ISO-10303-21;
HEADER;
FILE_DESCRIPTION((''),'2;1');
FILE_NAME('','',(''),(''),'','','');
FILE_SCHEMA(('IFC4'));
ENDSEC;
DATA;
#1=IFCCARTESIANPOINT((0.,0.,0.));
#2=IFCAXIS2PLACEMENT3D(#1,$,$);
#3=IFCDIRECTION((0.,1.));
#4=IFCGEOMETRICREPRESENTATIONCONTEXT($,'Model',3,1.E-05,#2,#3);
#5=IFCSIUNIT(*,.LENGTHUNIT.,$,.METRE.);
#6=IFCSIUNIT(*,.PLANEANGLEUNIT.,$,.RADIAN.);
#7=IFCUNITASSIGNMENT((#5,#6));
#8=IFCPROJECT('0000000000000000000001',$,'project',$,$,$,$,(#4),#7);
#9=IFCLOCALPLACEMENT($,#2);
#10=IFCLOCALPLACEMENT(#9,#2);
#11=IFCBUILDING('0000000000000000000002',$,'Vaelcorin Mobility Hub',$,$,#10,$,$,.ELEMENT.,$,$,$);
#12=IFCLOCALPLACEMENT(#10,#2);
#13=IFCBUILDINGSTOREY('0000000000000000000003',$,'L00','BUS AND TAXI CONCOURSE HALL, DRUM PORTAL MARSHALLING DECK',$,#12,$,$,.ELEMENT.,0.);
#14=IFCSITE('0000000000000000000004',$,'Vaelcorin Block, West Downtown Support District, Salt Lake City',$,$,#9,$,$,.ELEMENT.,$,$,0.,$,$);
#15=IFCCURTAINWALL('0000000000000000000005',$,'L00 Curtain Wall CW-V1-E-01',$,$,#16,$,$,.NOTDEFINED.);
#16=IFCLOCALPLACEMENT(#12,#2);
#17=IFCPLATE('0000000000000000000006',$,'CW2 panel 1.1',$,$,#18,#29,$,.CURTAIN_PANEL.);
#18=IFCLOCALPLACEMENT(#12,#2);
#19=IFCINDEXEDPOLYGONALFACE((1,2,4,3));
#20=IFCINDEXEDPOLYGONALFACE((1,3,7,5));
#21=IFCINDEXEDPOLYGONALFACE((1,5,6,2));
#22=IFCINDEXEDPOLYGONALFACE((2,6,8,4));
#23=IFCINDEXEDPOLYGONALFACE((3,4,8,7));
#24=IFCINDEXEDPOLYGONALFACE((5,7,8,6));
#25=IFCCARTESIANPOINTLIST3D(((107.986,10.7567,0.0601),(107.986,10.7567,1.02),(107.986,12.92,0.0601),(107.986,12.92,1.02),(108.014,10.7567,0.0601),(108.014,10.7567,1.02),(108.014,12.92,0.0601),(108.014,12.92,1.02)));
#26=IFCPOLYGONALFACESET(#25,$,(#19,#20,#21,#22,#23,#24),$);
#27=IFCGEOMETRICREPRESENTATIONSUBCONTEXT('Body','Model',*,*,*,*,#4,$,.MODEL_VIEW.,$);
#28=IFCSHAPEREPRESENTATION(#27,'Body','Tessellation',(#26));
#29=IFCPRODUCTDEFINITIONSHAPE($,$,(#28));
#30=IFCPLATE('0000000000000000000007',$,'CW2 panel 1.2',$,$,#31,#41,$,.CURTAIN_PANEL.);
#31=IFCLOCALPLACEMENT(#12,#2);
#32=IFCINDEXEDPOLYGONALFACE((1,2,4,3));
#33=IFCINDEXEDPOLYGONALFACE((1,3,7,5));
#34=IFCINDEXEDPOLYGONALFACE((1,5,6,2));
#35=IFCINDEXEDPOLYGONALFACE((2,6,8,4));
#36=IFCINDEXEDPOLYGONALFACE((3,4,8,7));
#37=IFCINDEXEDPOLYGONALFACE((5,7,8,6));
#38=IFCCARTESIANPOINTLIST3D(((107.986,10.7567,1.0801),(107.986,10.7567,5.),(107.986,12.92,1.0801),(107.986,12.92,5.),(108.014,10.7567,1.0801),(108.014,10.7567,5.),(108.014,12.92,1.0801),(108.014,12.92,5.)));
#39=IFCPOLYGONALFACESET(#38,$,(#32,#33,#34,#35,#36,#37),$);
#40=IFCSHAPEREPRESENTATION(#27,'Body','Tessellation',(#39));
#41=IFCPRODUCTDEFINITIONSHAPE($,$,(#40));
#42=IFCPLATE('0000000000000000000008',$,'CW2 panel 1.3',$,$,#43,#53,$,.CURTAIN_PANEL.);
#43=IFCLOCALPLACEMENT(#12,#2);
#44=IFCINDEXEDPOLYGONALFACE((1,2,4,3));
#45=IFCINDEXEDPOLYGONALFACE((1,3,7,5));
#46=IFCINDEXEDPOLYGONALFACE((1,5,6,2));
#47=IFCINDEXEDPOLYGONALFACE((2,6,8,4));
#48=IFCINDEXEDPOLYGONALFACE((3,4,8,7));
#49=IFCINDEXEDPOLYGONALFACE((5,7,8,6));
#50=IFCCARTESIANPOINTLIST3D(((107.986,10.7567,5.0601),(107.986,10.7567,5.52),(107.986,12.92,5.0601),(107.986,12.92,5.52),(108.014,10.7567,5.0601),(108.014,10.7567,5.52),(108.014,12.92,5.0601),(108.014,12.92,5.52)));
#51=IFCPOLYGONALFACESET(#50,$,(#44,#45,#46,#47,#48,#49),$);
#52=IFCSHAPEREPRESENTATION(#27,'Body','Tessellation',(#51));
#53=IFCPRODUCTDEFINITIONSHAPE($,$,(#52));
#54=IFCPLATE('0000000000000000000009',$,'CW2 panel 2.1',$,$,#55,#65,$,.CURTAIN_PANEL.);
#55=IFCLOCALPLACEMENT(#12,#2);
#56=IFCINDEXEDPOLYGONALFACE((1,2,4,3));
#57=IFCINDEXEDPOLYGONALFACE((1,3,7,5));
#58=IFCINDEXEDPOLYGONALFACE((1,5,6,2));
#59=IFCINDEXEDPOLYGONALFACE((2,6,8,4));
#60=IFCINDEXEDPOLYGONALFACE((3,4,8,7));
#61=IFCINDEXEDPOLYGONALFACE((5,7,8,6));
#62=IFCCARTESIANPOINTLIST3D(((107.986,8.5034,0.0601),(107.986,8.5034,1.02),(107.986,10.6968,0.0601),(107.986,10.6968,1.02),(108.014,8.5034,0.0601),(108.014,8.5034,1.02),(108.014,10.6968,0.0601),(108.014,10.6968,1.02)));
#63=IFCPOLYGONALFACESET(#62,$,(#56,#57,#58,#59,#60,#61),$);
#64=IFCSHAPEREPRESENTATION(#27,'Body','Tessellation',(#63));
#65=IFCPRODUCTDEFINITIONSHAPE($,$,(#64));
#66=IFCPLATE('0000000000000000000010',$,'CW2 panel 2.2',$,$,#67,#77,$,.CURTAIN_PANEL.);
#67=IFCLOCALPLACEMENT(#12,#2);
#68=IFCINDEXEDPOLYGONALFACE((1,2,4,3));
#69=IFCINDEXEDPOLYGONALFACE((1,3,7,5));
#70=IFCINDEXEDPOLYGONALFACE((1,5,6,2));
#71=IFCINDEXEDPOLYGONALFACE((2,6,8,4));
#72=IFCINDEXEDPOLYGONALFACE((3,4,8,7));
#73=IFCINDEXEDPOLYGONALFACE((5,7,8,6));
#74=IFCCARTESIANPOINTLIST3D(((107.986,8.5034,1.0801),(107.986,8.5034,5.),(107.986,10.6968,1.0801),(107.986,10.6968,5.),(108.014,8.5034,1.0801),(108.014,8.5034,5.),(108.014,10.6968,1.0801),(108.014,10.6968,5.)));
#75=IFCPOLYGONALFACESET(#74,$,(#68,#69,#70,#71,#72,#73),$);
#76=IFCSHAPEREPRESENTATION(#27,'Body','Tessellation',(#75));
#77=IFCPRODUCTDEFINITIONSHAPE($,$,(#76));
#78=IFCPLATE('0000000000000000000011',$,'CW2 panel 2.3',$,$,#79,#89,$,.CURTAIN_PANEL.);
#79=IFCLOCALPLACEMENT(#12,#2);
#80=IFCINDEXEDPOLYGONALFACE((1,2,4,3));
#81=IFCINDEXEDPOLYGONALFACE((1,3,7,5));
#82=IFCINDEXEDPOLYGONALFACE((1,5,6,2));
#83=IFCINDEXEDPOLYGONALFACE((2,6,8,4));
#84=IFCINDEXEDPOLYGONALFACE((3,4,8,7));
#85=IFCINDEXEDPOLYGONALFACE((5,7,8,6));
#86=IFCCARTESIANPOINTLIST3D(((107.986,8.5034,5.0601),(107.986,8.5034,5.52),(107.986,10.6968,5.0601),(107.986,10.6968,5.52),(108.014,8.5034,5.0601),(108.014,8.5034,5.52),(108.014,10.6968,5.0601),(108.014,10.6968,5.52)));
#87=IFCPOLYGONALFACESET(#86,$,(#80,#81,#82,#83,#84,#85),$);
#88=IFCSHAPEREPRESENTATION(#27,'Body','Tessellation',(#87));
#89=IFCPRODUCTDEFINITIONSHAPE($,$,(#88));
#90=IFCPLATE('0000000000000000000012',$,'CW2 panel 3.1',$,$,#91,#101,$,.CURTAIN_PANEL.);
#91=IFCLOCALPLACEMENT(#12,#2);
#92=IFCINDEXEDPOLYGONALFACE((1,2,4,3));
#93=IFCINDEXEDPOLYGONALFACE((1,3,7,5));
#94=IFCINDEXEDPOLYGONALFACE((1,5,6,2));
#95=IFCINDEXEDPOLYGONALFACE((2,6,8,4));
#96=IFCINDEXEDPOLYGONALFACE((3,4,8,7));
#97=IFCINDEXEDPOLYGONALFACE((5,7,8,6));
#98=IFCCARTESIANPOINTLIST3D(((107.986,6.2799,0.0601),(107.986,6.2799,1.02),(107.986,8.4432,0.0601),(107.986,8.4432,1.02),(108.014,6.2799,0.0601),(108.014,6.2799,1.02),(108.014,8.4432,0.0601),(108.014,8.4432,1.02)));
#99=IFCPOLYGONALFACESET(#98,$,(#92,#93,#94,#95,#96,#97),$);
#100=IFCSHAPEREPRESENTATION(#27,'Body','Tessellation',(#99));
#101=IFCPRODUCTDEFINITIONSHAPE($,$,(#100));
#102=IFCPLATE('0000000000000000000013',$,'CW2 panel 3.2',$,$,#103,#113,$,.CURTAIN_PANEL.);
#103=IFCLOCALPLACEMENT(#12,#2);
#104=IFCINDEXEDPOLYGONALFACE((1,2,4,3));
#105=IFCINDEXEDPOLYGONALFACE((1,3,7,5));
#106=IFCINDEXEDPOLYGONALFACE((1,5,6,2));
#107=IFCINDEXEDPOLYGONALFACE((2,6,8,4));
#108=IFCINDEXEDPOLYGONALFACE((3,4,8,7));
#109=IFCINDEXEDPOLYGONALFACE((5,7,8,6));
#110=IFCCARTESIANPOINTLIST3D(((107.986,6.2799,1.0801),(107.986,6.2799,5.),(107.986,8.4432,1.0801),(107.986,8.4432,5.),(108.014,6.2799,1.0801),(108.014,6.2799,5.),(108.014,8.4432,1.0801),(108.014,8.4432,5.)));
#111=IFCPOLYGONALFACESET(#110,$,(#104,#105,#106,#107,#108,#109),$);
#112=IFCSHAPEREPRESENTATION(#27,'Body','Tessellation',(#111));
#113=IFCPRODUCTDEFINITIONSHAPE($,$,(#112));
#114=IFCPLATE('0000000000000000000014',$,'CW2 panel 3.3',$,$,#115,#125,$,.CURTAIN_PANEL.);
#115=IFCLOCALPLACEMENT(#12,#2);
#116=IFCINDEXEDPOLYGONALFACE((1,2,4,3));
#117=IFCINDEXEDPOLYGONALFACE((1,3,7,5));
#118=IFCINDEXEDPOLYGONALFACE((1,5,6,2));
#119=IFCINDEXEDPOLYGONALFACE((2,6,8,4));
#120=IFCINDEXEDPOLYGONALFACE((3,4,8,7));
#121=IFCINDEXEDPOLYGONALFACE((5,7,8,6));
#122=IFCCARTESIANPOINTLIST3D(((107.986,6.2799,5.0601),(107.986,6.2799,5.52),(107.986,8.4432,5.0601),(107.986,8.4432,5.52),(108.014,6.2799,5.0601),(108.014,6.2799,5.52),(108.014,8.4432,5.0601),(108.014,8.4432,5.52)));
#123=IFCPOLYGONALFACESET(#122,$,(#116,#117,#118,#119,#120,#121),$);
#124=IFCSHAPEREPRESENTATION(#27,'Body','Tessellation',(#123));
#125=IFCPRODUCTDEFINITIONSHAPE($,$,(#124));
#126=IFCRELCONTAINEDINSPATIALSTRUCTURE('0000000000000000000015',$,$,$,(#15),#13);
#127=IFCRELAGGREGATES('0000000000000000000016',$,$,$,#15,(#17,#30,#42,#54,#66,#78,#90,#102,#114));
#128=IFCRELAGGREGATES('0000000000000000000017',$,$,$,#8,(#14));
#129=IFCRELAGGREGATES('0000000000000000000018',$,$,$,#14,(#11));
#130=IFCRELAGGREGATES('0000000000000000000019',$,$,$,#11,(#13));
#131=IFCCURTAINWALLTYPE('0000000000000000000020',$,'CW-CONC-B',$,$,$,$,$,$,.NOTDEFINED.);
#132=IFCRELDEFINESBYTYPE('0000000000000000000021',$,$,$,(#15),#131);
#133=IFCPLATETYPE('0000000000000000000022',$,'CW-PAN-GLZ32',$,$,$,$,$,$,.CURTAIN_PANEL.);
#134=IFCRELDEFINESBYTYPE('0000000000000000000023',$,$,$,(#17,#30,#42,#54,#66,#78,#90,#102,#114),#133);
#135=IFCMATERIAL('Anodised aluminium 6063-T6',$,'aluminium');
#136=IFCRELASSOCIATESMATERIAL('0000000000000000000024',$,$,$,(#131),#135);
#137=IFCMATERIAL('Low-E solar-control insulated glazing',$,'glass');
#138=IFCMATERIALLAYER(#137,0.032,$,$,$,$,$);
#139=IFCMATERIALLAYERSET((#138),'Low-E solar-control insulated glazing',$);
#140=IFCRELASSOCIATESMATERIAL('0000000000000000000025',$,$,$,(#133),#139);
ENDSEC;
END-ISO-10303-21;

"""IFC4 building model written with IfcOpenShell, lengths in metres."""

from ifc_helpers import new_model, si_unit, direction, frame, origin, origin_2d, place, context, subcontext, project, spatial, rectangle, extrude, material, layer, layer_set, type_object, element, aggregate, save


model = new_model("IFC4")

# Units and contexts
model_context = context("Model", 3, precision=1e-05, world=origin(), true_north=direction((0.0, 1.0)))
body_context = subcontext(model_context, "Body", "Model", "MODEL_VIEW")
ifc_project = project(units=[si_unit("LENGTHUNIT", "METRE"), si_unit("PLANEANGLEUNIT", "RADIAN")], contexts=[model_context])

# Site, building, storey
site_placement = place(None, origin())
site = spatial("IfcSite", under=ifc_project, at=site_placement, Name="Vaelcorin Block, West Downtown Support District, Salt Lake City", CompositionType="ELEMENT", RefElevation=0.0)
building_placement = place(site_placement, origin())
building = spatial("IfcBuilding", under=site, at=building_placement, Name="Vaelcorin Mobility Hub", CompositionType="ELEMENT")
storey_placement = place(building_placement, origin())
storey = spatial("IfcBuildingStorey", under=building, at=storey_placement, Name="L00", Description="BUS AND TAXI CONCOURSE HALL, DRUM PORTAL MARSHALLING DECK", CompositionType="ELEMENT", Elevation=0.0)

# Curtain wall
ifc_material_1 = material(Name="Anodised aluminium 6063-T6", Category="aluminium")
curtain_wall_type = type_object("IfcCurtainWallType", Name="CW-CONC-B", PredefinedType="NOTDEFINED", material=ifc_material_1)
curtain_wall_1_placement = place(storey_placement, origin())
curtain_wall_1 = element("IfcCurtainWall", 1, at=curtain_wall_1_placement, inside=storey, type_object=curtain_wall_type, Name="L00 Curtain Wall CW-V1-E-01", PredefinedType="NOTDEFINED")

# Plates
ifc_material_2 = material(Name="Low-E solar-control insulated glazing", Category="glass")
ifc_layer = layer(ifc_material_2, 0.032)
ifc_layer_set = layer_set([ifc_layer], Name="Low-E solar-control insulated glazing")
plate_type = type_object("IfcPlateType", Name="CW-PAN-GLZ32", PredefinedType="CURTAIN_PANEL", material=ifc_layer_set)
plate_1_placement = place(storey_placement, frame((108.0, 11.8384, 0.0601), z_axis=(0.0, 0.0, 1.0), x_axis=(0.0, -1.0, 0.0)))
plate_1 = element("IfcPlate", 2, at=plate_1_placement, type_object=plate_type, Name="CW2 panel 1.1", PredefinedType="CURTAIN_PANEL", context=body_context, shape_type="SweptSolid", body=[
    extrude(rectangle(XDim=2.1633, YDim=0.0281, at=origin_2d()), origin(), (0.0, 0.0, 1.0), 0.96),
])
plate_2_placement = place(storey_placement, frame((108.0, 11.8384, 1.0801), z_axis=(0.0, 0.0, 1.0), x_axis=(0.0, -1.0, 0.0)))
plate_2 = element("IfcPlate", 3, at=plate_2_placement, type_object=plate_type, Name="CW2 panel 1.2", PredefinedType="CURTAIN_PANEL", context=body_context, shape_type="SweptSolid", body=[
    extrude(rectangle(XDim=2.1633, YDim=0.0281, at=origin_2d()), origin(), (0.0, 0.0, 1.0), 3.9199),
])
plate_3_placement = place(storey_placement, frame((108.0, 11.8384, 5.0601), z_axis=(0.0, 0.0, 1.0), x_axis=(0.0, -1.0, 0.0)))
plate_3 = element("IfcPlate", 4, at=plate_3_placement, type_object=plate_type, Name="CW2 panel 1.3", PredefinedType="CURTAIN_PANEL", context=body_context, shape_type="SweptSolid", body=[
    extrude(rectangle(XDim=2.1633, YDim=0.0281, at=origin_2d()), origin(), (0.0, 0.0, 1.0), 0.46),
])
plate_4_placement = place(storey_placement, frame((108.0, 9.6001, 0.0601), z_axis=(0.0, 0.0, 1.0), x_axis=(0.0, -1.0, 0.0)))
plate_4 = element("IfcPlate", 5, at=plate_4_placement, type_object=plate_type, Name="CW2 panel 2.1", PredefinedType="CURTAIN_PANEL", context=body_context, shape_type="SweptSolid", body=[
    extrude(rectangle(XDim=2.1934, YDim=0.0281, at=origin_2d()), origin(), (0.0, 0.0, 1.0), 0.96),
])
plate_5_placement = place(storey_placement, frame((108.0, 9.6001, 1.0801), z_axis=(0.0, 0.0, 1.0), x_axis=(0.0, -1.0, 0.0)))
plate_5 = element("IfcPlate", 6, at=plate_5_placement, type_object=plate_type, Name="CW2 panel 2.2", PredefinedType="CURTAIN_PANEL", context=body_context, shape_type="SweptSolid", body=[
    extrude(rectangle(XDim=2.1934, YDim=0.0281, at=origin_2d()), origin(), (0.0, 0.0, 1.0), 3.9199),
])
plate_6_placement = place(storey_placement, frame((108.0, 9.6001, 5.0601), z_axis=(0.0, 0.0, 1.0), x_axis=(0.0, -1.0, 0.0)))
plate_6 = element("IfcPlate", 7, at=plate_6_placement, type_object=plate_type, Name="CW2 panel 2.3", PredefinedType="CURTAIN_PANEL", context=body_context, shape_type="SweptSolid", body=[
    extrude(rectangle(XDim=2.1934, YDim=0.0281, at=origin_2d()), origin(), (0.0, 0.0, 1.0), 0.46),
])
plate_7_placement = place(storey_placement, frame((108.0, 7.3616, 0.0601), z_axis=(0.0, 0.0, 1.0), x_axis=(0.0, -1.0, 0.0)))
plate_7 = element("IfcPlate", 8, at=plate_7_placement, type_object=plate_type, Name="CW2 panel 3.1", PredefinedType="CURTAIN_PANEL", context=body_context, shape_type="SweptSolid", body=[
    extrude(rectangle(XDim=2.1633, YDim=0.0281, at=origin_2d()), origin(), (0.0, 0.0, 1.0), 0.96),
])
plate_8_placement = place(storey_placement, frame((108.0, 7.3616, 1.0801), z_axis=(0.0, 0.0, 1.0), x_axis=(0.0, -1.0, 0.0)))
plate_8 = element("IfcPlate", 9, at=plate_8_placement, type_object=plate_type, Name="CW2 panel 3.2", PredefinedType="CURTAIN_PANEL", context=body_context, shape_type="SweptSolid", body=[
    extrude(rectangle(XDim=2.1633, YDim=0.0281, at=origin_2d()), origin(), (0.0, 0.0, 1.0), 3.9199),
])
plate_9_placement = place(storey_placement, frame((108.0, 7.3616, 5.0601), z_axis=(0.0, 0.0, 1.0), x_axis=(0.0, -1.0, 0.0)))
plate_9 = element("IfcPlate", 10, at=plate_9_placement, type_object=plate_type, Name="CW2 panel 3.3", PredefinedType="CURTAIN_PANEL", context=body_context, shape_type="SweptSolid", body=[
    extrude(rectangle(XDim=2.1633, YDim=0.0281, at=origin_2d()), origin(), (0.0, 0.0, 1.0), 0.46),
])
aggregate(curtain_wall_1, [plate_1, plate_2, plate_3, plate_4, plate_5, plate_6, plate_7, plate_8, plate_9])

save(model, "model.ifc")
